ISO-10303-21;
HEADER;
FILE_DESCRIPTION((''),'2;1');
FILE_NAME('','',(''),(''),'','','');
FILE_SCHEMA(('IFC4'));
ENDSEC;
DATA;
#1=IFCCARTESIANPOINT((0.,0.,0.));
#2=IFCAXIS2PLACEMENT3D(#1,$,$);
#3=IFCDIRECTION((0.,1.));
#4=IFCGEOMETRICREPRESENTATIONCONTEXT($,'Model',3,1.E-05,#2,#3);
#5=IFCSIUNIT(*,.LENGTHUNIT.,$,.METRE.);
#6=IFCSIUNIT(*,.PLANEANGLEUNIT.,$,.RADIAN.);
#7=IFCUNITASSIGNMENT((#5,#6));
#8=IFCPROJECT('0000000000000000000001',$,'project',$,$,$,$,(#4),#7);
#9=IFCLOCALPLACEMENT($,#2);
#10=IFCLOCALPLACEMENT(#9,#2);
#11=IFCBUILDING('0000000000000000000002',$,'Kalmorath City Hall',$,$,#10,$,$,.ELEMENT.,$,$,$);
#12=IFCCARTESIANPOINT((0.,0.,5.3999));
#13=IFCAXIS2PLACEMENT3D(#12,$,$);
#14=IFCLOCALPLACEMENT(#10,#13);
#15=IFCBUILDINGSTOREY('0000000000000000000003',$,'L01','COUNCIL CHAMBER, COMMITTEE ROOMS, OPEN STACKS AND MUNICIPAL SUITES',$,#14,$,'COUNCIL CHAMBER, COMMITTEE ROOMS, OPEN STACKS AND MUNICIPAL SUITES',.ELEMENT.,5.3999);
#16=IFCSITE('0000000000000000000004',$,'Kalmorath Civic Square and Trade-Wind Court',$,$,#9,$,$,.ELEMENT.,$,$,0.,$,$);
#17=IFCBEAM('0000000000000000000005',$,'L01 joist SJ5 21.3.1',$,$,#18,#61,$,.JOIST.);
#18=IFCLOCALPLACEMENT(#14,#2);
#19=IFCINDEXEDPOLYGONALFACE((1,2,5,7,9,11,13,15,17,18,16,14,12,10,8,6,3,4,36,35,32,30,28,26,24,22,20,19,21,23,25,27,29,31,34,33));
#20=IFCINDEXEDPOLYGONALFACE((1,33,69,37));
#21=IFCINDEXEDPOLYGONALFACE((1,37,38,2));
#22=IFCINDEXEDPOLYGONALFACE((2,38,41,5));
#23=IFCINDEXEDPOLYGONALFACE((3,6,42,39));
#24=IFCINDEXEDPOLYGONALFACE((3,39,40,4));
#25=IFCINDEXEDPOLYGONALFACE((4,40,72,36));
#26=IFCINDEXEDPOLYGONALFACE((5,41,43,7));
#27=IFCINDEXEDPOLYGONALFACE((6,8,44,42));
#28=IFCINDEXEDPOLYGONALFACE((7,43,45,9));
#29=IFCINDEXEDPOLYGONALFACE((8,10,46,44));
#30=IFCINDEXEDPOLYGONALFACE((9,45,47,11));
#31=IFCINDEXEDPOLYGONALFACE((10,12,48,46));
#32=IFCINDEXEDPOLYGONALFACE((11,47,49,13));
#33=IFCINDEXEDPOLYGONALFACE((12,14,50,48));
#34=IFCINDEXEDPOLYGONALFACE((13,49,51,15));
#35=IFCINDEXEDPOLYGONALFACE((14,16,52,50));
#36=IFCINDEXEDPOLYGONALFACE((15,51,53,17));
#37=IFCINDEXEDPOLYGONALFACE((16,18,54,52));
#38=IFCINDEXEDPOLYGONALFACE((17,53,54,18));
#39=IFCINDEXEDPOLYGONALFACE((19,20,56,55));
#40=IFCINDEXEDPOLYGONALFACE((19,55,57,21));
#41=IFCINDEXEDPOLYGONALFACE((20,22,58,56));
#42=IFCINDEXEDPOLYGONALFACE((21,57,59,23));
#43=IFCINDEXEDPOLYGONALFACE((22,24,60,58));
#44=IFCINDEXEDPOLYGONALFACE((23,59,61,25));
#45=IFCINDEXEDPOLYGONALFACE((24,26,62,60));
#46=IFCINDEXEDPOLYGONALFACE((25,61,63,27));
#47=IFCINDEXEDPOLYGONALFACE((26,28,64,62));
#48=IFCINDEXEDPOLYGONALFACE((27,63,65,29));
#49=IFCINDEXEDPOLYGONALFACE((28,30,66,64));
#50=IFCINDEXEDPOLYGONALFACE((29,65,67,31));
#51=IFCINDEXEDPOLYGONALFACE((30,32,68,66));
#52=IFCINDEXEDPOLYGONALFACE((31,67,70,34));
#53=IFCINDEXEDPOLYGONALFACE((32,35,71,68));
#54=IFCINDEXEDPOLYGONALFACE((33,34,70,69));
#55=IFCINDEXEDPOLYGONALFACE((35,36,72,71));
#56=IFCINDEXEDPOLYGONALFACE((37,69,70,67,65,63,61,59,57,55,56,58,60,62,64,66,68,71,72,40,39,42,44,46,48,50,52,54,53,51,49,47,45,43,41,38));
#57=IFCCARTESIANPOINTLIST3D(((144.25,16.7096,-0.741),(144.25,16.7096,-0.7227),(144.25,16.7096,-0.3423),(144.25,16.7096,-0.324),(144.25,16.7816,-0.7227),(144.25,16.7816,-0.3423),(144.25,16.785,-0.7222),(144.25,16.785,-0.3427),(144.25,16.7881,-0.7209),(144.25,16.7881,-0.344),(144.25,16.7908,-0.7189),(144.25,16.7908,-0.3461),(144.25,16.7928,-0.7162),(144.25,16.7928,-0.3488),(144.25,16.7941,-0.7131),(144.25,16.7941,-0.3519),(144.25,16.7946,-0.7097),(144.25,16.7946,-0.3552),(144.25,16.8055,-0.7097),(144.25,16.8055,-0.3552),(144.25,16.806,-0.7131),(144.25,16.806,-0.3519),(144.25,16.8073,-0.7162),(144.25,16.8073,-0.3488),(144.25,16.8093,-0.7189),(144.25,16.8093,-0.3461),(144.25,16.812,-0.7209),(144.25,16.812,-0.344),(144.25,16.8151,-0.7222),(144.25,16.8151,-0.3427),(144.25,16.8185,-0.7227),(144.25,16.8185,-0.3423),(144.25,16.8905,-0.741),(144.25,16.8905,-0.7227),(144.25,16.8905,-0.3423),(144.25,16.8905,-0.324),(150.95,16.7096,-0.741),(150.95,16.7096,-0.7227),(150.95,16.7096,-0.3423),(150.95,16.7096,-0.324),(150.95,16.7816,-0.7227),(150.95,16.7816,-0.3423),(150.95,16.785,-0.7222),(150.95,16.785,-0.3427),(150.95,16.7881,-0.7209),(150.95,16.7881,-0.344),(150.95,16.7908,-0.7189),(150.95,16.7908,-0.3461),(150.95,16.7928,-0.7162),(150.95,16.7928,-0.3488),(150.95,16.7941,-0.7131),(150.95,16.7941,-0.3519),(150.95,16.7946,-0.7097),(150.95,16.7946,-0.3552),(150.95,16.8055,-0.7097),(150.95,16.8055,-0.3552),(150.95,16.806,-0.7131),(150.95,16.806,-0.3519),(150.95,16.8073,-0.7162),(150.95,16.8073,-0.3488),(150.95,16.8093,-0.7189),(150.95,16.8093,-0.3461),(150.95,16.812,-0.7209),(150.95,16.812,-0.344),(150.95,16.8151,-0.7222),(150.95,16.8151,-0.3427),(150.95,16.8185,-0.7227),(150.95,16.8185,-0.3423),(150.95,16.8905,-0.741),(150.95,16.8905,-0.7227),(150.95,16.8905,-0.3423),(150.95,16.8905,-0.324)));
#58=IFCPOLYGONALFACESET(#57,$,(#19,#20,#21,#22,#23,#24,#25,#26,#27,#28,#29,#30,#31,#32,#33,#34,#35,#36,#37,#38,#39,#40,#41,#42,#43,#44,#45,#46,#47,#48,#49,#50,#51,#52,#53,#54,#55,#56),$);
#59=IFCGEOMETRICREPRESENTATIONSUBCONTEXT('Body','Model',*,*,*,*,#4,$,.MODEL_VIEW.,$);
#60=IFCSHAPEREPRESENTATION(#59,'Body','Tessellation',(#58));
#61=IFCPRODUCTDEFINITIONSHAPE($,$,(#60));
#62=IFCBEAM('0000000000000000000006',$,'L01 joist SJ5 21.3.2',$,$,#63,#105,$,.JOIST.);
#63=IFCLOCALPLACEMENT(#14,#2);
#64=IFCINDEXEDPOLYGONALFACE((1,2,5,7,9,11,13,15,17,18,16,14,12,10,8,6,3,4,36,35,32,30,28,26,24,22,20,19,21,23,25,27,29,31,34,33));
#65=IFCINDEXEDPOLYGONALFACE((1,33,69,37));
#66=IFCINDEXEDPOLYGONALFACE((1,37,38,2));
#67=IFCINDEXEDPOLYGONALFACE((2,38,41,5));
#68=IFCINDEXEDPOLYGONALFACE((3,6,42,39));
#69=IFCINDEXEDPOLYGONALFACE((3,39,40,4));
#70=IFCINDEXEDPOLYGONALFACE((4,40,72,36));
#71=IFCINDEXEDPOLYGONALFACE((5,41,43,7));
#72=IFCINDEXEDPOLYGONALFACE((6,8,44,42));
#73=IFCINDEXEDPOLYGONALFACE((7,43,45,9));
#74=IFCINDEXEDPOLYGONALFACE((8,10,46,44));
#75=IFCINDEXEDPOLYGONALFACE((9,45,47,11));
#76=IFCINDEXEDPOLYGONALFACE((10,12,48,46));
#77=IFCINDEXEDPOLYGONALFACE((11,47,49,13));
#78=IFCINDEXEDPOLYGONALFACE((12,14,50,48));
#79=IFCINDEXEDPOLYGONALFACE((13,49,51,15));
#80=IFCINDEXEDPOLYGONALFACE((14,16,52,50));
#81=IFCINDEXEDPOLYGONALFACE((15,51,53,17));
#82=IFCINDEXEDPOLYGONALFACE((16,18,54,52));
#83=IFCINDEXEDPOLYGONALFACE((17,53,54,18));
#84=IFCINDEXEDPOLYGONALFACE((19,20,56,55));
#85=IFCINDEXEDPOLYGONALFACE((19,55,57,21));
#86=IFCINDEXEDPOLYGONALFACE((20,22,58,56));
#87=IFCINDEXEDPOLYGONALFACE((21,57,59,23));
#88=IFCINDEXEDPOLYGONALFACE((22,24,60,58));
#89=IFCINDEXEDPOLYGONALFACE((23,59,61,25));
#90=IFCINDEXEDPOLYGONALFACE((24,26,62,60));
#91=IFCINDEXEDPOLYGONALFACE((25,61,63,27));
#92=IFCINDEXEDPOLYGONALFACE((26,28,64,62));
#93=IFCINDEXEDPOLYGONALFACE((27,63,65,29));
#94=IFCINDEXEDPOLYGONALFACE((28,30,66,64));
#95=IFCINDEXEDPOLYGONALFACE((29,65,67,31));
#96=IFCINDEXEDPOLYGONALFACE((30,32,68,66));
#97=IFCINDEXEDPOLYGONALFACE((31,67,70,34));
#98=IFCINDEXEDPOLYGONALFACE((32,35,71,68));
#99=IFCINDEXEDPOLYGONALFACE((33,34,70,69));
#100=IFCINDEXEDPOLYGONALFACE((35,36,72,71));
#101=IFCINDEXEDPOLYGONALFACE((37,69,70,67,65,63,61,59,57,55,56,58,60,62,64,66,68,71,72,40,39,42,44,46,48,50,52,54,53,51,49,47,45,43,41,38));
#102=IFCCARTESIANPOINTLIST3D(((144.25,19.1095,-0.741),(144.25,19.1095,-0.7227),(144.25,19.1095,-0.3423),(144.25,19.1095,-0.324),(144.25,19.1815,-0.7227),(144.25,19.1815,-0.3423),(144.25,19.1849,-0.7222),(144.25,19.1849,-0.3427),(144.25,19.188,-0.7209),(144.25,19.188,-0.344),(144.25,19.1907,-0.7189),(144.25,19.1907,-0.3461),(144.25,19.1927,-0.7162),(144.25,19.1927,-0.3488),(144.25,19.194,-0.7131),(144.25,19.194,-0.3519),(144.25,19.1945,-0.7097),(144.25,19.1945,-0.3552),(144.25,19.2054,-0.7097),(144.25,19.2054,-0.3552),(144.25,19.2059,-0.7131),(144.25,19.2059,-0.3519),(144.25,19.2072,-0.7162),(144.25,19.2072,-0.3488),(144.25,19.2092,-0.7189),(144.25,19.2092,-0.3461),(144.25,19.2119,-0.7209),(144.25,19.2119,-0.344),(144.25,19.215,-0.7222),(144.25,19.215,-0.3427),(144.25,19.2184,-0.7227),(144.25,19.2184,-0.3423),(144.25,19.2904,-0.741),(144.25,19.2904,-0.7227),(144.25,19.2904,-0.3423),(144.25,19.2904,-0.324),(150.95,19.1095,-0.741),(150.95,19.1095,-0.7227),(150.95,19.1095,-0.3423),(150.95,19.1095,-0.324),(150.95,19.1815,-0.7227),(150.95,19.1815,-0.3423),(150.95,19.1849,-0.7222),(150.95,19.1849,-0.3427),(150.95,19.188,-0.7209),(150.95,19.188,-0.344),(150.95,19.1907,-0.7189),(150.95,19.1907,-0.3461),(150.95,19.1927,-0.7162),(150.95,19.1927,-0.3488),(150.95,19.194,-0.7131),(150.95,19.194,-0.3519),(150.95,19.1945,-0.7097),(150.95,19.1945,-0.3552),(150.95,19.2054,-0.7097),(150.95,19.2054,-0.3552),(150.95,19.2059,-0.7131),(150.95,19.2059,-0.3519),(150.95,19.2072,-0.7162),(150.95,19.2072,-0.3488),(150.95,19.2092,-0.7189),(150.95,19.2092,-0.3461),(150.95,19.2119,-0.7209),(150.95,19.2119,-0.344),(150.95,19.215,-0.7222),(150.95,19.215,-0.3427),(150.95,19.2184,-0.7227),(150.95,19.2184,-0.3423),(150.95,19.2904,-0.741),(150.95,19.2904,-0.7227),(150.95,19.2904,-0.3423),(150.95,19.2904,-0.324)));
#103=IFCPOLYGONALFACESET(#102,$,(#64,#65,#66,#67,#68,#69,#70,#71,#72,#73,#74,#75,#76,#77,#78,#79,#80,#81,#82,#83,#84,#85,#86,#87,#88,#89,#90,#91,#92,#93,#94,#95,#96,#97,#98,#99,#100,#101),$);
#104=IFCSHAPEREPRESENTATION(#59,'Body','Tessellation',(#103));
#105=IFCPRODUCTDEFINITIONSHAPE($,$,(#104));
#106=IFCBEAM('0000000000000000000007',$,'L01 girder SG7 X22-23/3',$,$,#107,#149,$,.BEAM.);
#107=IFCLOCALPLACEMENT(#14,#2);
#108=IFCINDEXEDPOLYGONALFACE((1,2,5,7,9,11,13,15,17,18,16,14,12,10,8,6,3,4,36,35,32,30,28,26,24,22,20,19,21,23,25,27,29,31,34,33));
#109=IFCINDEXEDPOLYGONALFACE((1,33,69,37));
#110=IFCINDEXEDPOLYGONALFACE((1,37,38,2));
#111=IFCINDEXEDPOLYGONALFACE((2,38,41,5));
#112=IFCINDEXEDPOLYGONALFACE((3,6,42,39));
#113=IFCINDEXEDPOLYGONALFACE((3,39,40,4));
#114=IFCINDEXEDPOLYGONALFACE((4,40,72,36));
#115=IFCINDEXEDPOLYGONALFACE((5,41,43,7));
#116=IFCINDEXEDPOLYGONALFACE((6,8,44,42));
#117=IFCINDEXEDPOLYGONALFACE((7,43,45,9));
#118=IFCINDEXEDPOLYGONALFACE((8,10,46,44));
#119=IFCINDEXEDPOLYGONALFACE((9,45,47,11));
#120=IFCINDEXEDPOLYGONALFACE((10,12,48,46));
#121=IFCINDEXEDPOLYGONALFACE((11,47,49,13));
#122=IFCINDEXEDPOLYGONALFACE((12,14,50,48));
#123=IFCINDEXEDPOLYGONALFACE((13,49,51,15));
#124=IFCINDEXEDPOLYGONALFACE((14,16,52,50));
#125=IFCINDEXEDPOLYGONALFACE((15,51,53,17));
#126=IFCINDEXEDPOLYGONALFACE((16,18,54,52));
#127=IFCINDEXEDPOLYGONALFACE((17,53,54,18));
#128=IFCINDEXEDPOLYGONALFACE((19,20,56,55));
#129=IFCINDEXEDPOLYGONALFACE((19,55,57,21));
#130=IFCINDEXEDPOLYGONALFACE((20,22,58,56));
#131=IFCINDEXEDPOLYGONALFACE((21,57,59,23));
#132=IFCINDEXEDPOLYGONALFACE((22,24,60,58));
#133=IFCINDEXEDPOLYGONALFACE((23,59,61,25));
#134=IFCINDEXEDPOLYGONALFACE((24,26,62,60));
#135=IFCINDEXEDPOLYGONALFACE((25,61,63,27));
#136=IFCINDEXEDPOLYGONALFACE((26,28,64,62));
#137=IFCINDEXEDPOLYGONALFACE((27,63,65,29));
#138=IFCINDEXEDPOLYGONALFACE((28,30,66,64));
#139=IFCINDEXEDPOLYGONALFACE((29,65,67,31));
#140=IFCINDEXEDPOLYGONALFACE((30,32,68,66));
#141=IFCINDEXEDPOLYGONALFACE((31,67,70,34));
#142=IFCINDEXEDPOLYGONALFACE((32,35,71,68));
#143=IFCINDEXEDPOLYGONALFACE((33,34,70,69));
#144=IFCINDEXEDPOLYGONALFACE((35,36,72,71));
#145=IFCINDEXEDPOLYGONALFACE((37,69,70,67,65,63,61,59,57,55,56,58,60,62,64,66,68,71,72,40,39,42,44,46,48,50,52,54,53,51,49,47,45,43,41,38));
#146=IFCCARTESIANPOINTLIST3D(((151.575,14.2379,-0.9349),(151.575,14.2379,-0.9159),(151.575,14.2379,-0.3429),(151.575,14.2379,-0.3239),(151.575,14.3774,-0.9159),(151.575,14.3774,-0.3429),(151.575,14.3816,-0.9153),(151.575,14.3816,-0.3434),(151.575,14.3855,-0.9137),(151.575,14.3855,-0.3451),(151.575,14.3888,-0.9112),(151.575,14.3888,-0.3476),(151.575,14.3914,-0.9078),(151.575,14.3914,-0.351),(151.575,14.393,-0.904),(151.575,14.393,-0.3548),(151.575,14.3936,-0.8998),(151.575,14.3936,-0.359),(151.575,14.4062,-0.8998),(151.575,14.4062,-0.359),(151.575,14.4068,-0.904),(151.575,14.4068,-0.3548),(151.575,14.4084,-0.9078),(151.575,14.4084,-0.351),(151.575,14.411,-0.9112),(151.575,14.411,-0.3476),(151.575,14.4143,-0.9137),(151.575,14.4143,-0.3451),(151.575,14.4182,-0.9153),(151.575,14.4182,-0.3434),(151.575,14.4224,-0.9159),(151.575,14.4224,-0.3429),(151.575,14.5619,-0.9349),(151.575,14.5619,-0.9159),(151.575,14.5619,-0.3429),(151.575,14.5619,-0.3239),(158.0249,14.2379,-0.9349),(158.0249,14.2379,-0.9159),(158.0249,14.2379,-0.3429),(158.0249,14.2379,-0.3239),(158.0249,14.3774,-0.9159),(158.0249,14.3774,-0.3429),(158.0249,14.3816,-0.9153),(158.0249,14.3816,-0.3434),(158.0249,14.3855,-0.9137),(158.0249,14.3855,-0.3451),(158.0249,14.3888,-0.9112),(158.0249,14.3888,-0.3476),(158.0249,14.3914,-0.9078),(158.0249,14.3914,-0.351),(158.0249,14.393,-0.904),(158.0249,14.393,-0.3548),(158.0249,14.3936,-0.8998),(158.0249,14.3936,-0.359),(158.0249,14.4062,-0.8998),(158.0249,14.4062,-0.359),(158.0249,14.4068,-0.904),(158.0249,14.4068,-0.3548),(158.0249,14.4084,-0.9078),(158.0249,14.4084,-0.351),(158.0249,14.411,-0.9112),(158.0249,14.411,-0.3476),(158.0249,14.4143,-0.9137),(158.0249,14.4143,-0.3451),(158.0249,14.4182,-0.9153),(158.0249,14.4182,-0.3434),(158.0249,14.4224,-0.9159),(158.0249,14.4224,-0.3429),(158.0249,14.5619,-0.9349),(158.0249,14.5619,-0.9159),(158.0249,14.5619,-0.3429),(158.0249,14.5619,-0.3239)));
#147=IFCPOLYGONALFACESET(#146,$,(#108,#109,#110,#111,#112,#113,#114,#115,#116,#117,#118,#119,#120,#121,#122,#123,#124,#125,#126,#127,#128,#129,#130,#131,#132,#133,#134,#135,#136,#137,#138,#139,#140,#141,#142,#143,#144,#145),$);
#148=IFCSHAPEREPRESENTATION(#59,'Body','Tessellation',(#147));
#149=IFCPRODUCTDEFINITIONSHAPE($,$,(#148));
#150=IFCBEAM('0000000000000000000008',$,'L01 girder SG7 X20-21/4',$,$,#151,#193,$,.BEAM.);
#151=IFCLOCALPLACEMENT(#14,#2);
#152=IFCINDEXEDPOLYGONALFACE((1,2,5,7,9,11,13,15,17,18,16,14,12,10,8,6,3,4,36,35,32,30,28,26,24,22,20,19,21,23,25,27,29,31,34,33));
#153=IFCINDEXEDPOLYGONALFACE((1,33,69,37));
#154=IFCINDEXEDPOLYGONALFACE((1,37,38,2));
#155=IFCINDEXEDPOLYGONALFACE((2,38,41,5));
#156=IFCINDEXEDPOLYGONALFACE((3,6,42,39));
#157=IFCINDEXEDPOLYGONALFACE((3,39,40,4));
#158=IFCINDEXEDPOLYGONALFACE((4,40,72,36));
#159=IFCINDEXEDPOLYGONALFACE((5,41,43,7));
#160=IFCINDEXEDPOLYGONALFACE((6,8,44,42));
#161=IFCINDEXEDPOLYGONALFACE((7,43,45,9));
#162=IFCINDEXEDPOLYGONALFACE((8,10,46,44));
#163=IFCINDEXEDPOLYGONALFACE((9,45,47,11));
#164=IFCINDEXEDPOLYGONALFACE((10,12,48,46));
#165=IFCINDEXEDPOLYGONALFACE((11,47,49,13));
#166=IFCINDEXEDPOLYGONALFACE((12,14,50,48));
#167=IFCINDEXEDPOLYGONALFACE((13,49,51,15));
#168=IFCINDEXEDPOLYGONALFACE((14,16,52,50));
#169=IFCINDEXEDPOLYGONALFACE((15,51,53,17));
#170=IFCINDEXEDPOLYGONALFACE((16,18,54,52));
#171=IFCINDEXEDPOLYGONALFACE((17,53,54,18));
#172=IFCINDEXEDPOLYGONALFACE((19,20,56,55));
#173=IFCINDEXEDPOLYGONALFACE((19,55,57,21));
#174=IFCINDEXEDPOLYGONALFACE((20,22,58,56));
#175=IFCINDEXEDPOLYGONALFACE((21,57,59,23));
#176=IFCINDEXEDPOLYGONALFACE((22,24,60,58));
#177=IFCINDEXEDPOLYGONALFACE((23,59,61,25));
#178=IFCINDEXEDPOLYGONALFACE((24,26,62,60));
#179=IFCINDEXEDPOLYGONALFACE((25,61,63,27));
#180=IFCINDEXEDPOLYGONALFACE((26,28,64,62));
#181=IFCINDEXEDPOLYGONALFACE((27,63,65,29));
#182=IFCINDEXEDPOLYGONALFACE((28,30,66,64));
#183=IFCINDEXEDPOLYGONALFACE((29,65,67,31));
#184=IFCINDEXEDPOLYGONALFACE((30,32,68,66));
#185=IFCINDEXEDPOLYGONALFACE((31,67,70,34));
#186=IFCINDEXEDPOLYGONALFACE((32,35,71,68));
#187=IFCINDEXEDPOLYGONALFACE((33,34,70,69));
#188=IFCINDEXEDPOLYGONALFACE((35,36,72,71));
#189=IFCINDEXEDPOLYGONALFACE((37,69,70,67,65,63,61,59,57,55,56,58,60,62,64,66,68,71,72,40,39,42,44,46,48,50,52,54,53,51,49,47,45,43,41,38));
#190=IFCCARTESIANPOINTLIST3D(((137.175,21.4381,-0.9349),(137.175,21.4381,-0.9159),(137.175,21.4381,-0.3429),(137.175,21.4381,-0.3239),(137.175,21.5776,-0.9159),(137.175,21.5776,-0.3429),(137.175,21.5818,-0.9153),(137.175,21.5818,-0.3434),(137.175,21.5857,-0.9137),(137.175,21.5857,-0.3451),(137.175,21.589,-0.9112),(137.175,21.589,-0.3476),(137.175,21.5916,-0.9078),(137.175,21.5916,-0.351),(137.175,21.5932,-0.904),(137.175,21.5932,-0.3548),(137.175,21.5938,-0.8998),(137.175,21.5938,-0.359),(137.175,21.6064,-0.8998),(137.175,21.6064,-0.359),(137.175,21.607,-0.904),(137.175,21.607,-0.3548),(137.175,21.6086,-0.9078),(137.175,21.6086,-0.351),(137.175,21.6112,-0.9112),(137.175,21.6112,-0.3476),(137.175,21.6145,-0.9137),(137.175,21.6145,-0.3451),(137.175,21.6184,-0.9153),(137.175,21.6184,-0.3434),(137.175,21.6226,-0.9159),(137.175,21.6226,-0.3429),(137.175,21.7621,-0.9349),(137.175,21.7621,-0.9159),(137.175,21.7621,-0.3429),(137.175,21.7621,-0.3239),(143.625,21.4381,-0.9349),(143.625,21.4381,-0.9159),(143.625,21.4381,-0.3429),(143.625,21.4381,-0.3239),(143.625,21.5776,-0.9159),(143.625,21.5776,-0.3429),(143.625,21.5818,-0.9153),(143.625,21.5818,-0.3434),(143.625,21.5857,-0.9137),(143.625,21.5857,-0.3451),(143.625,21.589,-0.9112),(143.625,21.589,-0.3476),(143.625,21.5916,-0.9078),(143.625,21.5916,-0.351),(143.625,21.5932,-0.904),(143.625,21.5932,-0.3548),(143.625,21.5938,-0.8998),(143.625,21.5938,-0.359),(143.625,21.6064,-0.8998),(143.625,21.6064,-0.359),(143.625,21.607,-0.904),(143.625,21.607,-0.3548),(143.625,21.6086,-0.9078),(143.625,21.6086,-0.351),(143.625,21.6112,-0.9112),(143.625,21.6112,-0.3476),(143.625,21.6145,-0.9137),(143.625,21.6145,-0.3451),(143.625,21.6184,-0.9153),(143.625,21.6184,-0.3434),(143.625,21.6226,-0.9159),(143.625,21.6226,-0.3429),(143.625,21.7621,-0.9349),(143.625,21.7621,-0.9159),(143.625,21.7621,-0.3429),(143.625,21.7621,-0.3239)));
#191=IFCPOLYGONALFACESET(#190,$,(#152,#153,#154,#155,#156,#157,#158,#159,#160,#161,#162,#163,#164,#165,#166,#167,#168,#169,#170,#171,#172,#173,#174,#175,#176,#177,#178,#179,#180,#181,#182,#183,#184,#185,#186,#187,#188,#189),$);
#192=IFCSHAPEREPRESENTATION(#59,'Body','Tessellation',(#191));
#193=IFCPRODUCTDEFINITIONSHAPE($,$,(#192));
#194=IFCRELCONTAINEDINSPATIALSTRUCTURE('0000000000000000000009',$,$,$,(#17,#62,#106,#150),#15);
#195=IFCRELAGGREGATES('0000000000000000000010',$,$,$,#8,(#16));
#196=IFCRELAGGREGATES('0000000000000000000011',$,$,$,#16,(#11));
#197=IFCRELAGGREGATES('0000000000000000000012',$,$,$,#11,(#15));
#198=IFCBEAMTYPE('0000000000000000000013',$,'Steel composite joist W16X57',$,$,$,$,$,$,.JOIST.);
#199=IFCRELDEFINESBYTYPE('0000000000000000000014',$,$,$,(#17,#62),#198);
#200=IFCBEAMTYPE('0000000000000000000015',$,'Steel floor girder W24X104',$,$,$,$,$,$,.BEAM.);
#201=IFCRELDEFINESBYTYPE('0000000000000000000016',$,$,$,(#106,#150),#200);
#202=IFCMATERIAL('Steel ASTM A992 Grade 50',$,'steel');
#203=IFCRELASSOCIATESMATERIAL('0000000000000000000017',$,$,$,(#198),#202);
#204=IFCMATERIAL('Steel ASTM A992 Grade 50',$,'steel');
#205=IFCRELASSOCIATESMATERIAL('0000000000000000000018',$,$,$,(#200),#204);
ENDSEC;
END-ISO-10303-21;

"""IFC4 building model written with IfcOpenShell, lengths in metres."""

from ifc_helpers import new_model, si_unit, direction, frame, origin, origin_2d, place, context, subcontext, project, spatial, i_section, extrude, material, material_profile, profile_set, type_object, element, save


model = new_model("IFC4")

# Units and contexts
model_context = context("Model", 3, precision=1e-05, world=origin(), true_north=direction((0.0, 1.0)))
body_context = subcontext(model_context, "Body", "Model", "MODEL_VIEW")
ifc_project = project(units=[si_unit("LENGTHUNIT", "METRE"), si_unit("PLANEANGLEUNIT", "RADIAN")], contexts=[model_context])

# Site, building, storey
site_placement = place(None, origin())
site = spatial("IfcSite", under=ifc_project, at=site_placement, Name="Kalmorath Civic Square and Trade-Wind Court", CompositionType="ELEMENT", RefElevation=0.0)
building_placement = place(site_placement, origin())
building = spatial("IfcBuilding", under=site, at=building_placement, Name="Kalmorath City Hall", CompositionType="ELEMENT")
storey_placement = place(building_placement, frame((0.0, 0.0, 5.3999)))
storey = spatial("IfcBuildingStorey", under=building, at=storey_placement, Name="L01", Description="COUNCIL CHAMBER, COMMITTEE ROOMS, OPEN STACKS AND MUNICIPAL SUITES", LongName="COUNCIL CHAMBER, COMMITTEE ROOMS, OPEN STACKS AND MUNICIPAL SUITES", CompositionType="ELEMENT", Elevation=5.3999)

# Beams
ifc_material_1 = material(Name="Steel ASTM A992 Grade 50", Category="steel")
ifc_material_profile_1 = material_profile(ifc_material_1, i_section(OverallWidth=0.1809, OverallDepth=0.417, WebThickness=0.011, FlangeThickness=0.0183, FilletRadius=0.0129, at=origin_2d()), Name="W16X57")
ifc_profile_set_1 = profile_set([ifc_material_profile_1], Name="Steel ASTM A992 Grade 50")
beam_type_1 = type_object("IfcBeamType", Name="Steel composite joist W16X57", PredefinedType="JOIST", material=ifc_profile_set_1)
for number, where, z_axis, x_axis, name in (
    (1, (144.25, 16.8, -0.5325), (1.0, 0.0, 0.0), (0.0, 1.0, 0.0), "L01 joist SJ5 21.3.1"),
    (2, (144.25, 19.2, -0.5325), (1.0, 0.0, 0.0), (0.0, 1.0, 0.0), "L01 joist SJ5 21.3.2"),
):
    element("IfcBeam", number, at=place(storey_placement, frame(where, z_axis=z_axis, x_axis=x_axis)), inside=storey, type_object=beam_type_1, Name=name, PredefinedType="JOIST", context=body_context, shape_type="SweptSolid", body=[
        extrude(i_section(OverallWidth=0.1809, OverallDepth=0.417, WebThickness=0.011, FlangeThickness=0.0183, FilletRadius=0.0129, at=origin_2d()), origin(), (0.0, 0.0, 1.0), 6.7),
    ])
ifc_material_2 = material(Name="Steel ASTM A992 Grade 50", Category="steel")
ifc_material_profile_2 = material_profile(ifc_material_2, i_section(OverallWidth=0.324, OverallDepth=0.6111, WebThickness=0.0127, FlangeThickness=0.019, FilletRadius=0.0161, at=origin_2d()), Name="W24X104")
ifc_profile_set_2 = profile_set([ifc_material_profile_2], Name="Steel ASTM A992 Grade 50")
beam_type_2 = type_object("IfcBeamType", Name="Steel floor girder W24X104", PredefinedType="BEAM", material=ifc_profile_set_2)
for number, where, z_axis, x_axis, name in (
    (3, (151.575, 14.3999, -0.6294), (1.0, 0.0, 0.0), (0.0, 1.0, 0.0), "L01 girder SG7 X22-23/3"),
    (4, (137.175, 21.6001, -0.6294), (1.0, 0.0, 0.0), (0.0, 1.0, 0.0), "L01 girder SG7 X20-21/4"),
):
    element("IfcBeam", number, at=place(storey_placement, frame(where, z_axis=z_axis, x_axis=x_axis)), inside=storey, type_object=beam_type_2, Name=name, PredefinedType="BEAM", context=body_context, shape_type="SweptSolid", body=[
        extrude(i_section(OverallWidth=0.324, OverallDepth=0.6111, WebThickness=0.0127, FlangeThickness=0.019, FilletRadius=0.0161, at=origin_2d()), origin(), (0.0, 0.0, 1.0), 6.45),
    ])

save(model, "model.ifc")
